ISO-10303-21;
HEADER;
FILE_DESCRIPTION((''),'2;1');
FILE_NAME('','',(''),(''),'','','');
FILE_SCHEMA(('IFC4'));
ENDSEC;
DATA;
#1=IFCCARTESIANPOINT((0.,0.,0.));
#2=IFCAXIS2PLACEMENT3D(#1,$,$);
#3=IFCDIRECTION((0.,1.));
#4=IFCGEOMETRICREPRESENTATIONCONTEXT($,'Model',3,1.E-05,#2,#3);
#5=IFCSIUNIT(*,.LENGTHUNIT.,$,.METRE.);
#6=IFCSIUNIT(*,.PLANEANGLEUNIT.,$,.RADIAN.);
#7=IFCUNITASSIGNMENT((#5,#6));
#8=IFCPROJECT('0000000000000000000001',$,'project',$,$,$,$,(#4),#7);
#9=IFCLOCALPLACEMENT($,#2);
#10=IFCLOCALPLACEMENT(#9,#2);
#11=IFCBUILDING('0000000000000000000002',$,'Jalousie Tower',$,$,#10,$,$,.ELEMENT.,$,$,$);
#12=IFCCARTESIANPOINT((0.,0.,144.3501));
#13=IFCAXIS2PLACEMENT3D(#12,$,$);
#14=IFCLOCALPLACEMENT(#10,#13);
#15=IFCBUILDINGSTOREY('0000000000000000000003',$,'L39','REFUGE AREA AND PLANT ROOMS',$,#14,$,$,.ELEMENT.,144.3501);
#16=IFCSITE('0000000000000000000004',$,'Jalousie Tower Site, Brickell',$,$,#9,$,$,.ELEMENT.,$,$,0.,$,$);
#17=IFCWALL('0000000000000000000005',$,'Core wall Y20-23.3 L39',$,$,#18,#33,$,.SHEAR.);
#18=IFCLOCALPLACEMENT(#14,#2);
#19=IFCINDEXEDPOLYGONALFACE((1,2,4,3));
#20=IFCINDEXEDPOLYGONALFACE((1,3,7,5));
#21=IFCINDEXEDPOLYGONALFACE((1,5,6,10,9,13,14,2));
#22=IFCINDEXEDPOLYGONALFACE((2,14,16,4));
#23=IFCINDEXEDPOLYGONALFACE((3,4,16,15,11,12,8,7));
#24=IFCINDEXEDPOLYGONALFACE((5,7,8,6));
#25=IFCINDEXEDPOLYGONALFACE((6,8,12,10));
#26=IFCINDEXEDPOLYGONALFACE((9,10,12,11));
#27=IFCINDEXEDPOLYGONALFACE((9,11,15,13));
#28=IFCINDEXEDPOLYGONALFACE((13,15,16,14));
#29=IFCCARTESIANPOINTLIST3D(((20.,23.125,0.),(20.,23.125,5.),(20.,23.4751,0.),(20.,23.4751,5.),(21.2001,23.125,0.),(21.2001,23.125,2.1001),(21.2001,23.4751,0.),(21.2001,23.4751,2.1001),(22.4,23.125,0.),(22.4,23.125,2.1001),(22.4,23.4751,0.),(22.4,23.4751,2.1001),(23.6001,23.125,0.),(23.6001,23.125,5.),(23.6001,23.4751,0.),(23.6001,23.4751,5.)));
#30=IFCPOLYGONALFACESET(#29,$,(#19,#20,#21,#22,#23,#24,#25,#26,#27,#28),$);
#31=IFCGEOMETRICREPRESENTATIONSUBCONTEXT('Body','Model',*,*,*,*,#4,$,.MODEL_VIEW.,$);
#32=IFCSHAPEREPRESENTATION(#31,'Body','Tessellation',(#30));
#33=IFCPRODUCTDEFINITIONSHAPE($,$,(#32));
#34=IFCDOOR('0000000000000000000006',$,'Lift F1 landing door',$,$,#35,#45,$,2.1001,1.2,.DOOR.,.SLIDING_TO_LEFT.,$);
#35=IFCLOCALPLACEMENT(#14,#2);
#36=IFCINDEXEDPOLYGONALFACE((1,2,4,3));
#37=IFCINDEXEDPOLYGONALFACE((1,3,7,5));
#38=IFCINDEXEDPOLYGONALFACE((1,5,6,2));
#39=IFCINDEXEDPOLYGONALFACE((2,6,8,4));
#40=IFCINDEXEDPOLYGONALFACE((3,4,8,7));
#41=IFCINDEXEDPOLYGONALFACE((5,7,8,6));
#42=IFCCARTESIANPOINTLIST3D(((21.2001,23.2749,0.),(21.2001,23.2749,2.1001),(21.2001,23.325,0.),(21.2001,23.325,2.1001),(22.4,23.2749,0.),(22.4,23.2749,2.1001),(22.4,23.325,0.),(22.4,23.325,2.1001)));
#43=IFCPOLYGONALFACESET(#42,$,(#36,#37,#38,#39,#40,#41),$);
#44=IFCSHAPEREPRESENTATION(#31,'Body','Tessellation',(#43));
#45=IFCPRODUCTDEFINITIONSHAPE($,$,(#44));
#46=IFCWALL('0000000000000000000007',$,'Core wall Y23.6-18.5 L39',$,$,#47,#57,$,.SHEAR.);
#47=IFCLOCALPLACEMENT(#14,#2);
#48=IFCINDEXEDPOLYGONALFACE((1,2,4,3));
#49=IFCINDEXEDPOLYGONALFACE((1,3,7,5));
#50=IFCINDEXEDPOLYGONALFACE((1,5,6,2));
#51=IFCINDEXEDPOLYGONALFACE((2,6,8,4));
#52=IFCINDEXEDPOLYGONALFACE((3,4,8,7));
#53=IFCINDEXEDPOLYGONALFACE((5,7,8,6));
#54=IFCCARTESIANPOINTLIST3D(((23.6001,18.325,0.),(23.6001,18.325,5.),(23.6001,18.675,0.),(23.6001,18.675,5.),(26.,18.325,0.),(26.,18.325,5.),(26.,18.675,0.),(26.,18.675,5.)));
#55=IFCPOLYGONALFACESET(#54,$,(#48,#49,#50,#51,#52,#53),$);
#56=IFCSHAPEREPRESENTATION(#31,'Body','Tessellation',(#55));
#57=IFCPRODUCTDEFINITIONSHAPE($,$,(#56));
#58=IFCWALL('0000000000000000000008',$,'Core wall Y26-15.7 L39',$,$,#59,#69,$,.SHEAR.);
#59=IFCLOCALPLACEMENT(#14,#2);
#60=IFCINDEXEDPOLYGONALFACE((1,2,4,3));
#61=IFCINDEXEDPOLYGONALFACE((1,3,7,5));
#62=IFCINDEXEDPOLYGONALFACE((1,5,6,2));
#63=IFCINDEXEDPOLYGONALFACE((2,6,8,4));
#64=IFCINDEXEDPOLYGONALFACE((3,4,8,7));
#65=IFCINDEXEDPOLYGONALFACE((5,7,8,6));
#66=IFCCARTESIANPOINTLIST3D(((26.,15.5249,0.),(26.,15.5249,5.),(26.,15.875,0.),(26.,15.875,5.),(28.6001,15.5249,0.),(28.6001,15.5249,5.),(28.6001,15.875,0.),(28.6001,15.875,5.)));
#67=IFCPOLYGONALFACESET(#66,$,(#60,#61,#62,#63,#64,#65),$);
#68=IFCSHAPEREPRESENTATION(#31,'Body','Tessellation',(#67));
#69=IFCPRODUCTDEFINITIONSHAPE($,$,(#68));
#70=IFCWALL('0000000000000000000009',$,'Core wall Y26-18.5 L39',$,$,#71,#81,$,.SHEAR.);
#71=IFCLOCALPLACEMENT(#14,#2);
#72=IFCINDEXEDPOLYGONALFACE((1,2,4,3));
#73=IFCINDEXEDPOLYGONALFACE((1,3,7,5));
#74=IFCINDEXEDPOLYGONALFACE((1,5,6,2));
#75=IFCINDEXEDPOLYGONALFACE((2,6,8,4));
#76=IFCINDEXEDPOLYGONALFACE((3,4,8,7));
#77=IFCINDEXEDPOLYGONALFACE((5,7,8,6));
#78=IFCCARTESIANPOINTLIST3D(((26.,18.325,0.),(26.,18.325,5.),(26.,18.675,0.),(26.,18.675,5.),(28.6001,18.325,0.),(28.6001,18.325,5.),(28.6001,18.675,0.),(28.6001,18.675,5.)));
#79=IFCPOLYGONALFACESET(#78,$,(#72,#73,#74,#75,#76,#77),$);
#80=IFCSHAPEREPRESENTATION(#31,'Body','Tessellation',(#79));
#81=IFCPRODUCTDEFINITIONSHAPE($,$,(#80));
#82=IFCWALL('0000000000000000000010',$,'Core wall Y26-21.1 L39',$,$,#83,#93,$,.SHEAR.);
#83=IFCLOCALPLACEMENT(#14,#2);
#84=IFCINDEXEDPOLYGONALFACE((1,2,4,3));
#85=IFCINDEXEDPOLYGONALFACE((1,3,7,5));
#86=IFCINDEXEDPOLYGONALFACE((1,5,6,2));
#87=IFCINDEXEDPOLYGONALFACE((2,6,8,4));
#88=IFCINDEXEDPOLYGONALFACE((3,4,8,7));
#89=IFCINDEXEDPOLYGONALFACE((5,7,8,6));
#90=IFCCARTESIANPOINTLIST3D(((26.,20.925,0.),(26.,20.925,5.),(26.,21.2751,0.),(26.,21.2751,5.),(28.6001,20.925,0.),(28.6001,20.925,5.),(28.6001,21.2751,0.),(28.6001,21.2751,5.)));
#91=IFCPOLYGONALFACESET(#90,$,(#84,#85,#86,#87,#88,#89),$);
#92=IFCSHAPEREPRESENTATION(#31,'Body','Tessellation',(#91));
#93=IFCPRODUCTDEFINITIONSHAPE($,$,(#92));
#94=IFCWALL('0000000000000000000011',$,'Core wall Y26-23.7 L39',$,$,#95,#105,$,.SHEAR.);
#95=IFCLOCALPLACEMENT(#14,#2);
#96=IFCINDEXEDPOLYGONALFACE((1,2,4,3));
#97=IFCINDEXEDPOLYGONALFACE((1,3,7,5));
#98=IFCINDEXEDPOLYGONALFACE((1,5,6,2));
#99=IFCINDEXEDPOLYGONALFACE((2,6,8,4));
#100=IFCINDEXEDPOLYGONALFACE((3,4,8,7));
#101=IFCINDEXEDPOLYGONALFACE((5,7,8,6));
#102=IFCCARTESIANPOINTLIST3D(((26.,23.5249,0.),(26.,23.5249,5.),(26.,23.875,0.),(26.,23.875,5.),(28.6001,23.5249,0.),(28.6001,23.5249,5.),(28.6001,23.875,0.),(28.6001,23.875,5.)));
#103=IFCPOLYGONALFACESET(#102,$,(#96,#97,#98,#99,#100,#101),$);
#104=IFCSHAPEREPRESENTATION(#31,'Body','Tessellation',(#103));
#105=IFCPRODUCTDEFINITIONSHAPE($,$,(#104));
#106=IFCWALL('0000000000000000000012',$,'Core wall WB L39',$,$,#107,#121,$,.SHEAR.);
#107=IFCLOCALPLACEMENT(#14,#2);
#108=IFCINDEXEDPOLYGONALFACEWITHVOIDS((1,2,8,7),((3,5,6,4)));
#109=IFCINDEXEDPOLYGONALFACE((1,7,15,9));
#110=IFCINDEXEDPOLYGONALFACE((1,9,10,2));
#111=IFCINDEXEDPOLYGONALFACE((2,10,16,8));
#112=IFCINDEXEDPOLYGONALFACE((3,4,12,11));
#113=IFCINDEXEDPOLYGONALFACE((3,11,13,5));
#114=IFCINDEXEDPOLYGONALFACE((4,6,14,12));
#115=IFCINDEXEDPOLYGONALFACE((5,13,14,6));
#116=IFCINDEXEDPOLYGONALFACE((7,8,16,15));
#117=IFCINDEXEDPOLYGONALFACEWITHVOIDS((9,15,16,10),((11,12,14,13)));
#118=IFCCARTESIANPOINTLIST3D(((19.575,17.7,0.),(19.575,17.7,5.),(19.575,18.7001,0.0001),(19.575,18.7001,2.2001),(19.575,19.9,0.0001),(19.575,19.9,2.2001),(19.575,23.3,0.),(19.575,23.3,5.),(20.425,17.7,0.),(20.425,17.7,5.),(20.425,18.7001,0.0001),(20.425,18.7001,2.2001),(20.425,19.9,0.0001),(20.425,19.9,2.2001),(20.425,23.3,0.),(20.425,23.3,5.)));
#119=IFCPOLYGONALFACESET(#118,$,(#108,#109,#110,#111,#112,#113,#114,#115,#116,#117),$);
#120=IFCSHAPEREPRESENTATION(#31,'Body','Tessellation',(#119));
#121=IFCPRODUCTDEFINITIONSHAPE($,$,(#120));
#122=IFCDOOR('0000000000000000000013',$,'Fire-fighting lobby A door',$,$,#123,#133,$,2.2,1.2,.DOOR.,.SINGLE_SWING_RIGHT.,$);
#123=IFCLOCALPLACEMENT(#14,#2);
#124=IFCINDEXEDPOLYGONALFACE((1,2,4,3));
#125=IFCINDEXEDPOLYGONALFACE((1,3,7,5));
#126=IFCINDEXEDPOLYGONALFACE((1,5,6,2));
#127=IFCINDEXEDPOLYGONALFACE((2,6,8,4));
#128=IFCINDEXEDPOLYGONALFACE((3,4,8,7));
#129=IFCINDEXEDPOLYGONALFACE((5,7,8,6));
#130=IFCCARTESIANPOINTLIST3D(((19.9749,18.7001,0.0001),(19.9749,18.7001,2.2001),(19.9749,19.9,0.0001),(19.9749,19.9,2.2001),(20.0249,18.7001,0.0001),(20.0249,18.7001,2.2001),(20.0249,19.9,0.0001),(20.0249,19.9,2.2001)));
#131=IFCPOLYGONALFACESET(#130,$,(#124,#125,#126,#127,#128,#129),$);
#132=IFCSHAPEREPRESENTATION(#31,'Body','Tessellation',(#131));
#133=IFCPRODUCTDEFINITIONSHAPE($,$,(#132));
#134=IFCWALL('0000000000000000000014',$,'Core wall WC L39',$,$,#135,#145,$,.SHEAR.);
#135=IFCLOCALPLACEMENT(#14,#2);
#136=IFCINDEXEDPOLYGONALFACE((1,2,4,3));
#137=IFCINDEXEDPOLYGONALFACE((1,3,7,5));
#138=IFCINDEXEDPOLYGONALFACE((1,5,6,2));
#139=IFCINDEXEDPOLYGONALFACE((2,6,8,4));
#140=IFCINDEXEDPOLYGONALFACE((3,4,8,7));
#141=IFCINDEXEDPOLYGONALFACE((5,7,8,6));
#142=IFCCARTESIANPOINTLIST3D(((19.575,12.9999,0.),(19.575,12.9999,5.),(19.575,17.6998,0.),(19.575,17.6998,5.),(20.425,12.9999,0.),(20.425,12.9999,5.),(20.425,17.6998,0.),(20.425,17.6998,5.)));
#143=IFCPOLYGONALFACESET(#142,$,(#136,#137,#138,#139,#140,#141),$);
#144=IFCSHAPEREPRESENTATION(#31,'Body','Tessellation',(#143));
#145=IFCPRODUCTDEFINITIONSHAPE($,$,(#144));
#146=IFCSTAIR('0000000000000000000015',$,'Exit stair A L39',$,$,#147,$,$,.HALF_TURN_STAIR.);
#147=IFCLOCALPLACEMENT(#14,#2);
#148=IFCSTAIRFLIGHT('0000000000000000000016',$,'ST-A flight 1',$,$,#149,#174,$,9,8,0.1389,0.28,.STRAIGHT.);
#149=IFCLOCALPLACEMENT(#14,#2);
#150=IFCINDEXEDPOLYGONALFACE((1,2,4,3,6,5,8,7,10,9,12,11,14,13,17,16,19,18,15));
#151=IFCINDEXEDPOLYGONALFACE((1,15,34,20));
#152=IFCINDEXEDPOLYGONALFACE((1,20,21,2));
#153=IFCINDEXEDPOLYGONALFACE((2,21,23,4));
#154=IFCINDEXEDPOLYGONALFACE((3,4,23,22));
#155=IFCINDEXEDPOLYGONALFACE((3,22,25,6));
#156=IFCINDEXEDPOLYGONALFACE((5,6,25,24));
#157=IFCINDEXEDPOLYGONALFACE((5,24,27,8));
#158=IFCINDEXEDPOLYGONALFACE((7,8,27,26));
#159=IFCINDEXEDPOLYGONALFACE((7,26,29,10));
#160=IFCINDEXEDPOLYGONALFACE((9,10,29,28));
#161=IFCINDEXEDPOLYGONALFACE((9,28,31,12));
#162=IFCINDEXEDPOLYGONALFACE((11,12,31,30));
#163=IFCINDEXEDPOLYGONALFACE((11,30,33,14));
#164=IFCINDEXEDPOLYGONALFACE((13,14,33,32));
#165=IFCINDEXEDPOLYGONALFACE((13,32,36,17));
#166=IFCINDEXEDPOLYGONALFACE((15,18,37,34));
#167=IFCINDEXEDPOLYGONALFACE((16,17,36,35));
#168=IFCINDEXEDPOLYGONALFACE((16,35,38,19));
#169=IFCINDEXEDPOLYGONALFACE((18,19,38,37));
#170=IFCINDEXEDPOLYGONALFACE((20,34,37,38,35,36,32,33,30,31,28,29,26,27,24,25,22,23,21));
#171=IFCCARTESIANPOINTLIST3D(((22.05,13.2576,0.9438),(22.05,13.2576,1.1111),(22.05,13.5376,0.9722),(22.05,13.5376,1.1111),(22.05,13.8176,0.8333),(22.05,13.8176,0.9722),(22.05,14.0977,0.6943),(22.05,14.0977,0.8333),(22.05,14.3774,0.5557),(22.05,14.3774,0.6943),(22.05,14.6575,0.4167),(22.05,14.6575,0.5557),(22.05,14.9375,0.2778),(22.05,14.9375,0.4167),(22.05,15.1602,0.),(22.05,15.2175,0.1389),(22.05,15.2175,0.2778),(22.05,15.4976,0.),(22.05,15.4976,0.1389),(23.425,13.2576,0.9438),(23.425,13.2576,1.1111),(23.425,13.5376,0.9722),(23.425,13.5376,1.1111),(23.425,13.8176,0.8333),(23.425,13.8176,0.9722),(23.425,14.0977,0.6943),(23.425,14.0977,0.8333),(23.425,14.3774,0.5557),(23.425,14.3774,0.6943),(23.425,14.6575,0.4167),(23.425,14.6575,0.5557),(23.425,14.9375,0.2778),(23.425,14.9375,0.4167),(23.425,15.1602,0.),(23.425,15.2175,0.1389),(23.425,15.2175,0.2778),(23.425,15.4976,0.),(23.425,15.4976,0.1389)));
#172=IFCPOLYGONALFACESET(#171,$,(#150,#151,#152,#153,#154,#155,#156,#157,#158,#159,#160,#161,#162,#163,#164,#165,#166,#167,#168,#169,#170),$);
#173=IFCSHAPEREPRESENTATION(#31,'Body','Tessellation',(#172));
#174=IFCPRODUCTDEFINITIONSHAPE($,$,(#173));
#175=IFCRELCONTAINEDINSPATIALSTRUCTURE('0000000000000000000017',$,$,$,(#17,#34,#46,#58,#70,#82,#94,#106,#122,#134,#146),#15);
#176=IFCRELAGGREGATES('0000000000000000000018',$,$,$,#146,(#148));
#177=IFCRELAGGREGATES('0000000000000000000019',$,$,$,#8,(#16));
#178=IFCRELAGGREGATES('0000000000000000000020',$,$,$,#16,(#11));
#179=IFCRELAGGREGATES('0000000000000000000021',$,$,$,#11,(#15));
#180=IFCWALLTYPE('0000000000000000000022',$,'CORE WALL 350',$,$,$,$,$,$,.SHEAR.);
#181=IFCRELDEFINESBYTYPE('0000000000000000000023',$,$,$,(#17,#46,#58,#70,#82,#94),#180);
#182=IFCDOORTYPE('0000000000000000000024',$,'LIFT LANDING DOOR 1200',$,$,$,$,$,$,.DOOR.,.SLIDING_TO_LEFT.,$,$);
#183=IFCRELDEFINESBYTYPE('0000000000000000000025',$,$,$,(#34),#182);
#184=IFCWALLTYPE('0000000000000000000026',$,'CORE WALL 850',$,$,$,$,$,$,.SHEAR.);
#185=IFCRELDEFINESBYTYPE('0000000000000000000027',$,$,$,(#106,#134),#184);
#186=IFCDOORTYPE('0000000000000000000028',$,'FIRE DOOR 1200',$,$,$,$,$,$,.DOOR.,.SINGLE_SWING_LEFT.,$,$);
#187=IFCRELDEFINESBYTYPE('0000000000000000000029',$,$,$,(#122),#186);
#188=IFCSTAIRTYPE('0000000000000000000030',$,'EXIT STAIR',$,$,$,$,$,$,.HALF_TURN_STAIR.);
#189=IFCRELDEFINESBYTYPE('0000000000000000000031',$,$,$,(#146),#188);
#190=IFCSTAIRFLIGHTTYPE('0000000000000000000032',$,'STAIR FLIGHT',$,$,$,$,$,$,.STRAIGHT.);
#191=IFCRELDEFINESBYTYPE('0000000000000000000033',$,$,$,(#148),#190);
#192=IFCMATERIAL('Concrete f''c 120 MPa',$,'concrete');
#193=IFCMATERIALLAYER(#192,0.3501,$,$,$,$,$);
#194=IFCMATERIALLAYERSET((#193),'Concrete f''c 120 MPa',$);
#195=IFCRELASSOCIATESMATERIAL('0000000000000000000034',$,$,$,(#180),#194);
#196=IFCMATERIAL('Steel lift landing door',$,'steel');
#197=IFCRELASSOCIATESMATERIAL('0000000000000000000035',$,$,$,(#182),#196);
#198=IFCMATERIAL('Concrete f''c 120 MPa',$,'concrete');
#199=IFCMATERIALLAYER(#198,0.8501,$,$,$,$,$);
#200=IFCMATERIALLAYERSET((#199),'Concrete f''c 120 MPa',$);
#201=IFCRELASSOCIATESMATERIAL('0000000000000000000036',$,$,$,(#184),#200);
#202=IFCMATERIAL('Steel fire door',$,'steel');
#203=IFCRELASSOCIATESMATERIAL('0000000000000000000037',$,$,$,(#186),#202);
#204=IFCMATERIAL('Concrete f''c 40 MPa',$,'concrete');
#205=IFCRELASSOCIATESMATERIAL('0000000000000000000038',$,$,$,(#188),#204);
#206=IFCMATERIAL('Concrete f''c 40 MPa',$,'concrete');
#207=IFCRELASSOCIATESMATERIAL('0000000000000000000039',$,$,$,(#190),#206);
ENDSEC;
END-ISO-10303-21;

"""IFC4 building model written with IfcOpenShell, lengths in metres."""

from ifc_helpers import new_model, si_unit, direction, frame, frame_2d, origin, place, context, subcontext, project, spatial, polyline, rectangle, outline, extrude, material, layer, layer_set, type_object, element, fill, aggregate, save


model = new_model("IFC4")

# Units and contexts
model_context = context("Model", 3, precision=1e-05, world=origin(), true_north=direction((0.0, 1.0)))
body_context = subcontext(model_context, "Body", "Model", "MODEL_VIEW")
ifc_project = project(units=[si_unit("LENGTHUNIT", "METRE"), si_unit("PLANEANGLEUNIT", "RADIAN")], contexts=[model_context])

# Site, building, storey
site_placement = place(None, origin())
site = spatial("IfcSite", under=ifc_project, at=site_placement, Name="Jalousie Tower Site, Brickell", CompositionType="ELEMENT", RefElevation=0.0)
building_placement = place(site_placement, origin())
building = spatial("IfcBuilding", under=site, at=building_placement, Name="Jalousie Tower", CompositionType="ELEMENT")
storey_placement = place(building_placement, frame((0.0, 0.0, 144.3501)))
storey = spatial("IfcBuildingStorey", under=building, at=storey_placement, Name="L39", Description="REFUGE AREA AND PLANT ROOMS", CompositionType="ELEMENT", Elevation=144.3501)

# Shared definitions
ifc_material_1 = material(Name="Concrete f'c 120 MPa", Category="concrete")
ifc_layer_1 = layer(ifc_material_1, 0.3501)
ifc_layer_set_1 = layer_set([ifc_layer_1], Name="Concrete f'c 120 MPa")
wall_type_1 = type_object("IfcWallType", Name="CORE WALL 350", PredefinedType="SHEAR", material=ifc_layer_set_1)

# Wall, opening, door
wall_1_placement = place(storey_placement, frame((20.0, 23.3, 0.0), z_axis=(0.0, 0.0, 1.0), x_axis=(1.0, 0.0, 0.0)))
wall_1 = element("IfcWall", 1, at=wall_1_placement, inside=storey, type_object=wall_type_1, Name="Core wall Y20-23.3 L39", PredefinedType="SHEAR", context=body_context, shape_type="SweptSolid", body=[
    extrude(rectangle(XDim=3.6001, YDim=0.3501, at=frame_2d((1.8, 0.0))), origin(), (0.0, 0.0, 1.0), 5.0),
])
opening_1_placement = place(wall_1_placement, frame((1.2, 0.0, 0.0)))
opening_1 = element("IfcOpeningElement", 2, at=opening_1_placement, cuts=wall_1, PredefinedType="OPENING", context=body_context, shape_type="SweptSolid", body=[
    extrude(rectangle(XDim=1.2, YDim=2.1001, at=frame_2d((0.6001, 1.05))), frame((0.0, 0.1851, 0.0), z_axis=(0.0, -1.0, 0.0), x_axis=(1.0, 0.0, 0.0)), (0.0, 0.0, 1.0), 0.3701),
])
ifc_material_2 = material(Name="Steel lift landing door", Category="steel")
door_type_1 = type_object("IfcDoorType", Name="LIFT LANDING DOOR 1200", OperationType="SLIDING_TO_LEFT", PredefinedType="DOOR", material=ifc_material_2)
door_1_placement = place(opening_1_placement, origin())
door_1 = element("IfcDoor", 3, at=door_1_placement, inside=storey, type_object=door_type_1, Name="Lift F1 landing door", OperationType="SLIDING_TO_LEFT", OverallHeight=2.1001, OverallWidth=1.2, PredefinedType="DOOR", context=body_context, shape_type="SweptSolid", body=[
    extrude(rectangle(XDim=1.2, YDim=2.1001, at=frame_2d((0.6001, 1.05))), frame((0.0, 0.0249, 0.0), z_axis=(0.0, -1.0, 0.0), x_axis=(1.0, 0.0, 0.0)), (0.0, 0.0, 1.0), 0.05),
])
fill(opening_1, door_1)

# Walls
wall_2_placement = place(storey_placement, frame((23.6001, 18.5, 0.0), z_axis=(0.0, 0.0, 1.0), x_axis=(1.0, 0.0, 0.0)))
element("IfcWall", 4, at=wall_2_placement, inside=storey, type_object=wall_type_1, Name="Core wall Y23.6-18.5 L39", PredefinedType="SHEAR", context=body_context, shape_type="SweptSolid", body=[
    extrude(rectangle(XDim=2.3999, YDim=0.3501, at=frame_2d((1.2, 0.0))), origin(), (0.0, 0.0, 1.0), 5.0),
])
for number, where, z_axis, x_axis, name in (
    (5, (26.0, 15.7, 0.0), (0.0, 0.0, 1.0), (1.0, 0.0, 0.0), "Core wall Y26-15.7 L39"),
    (6, (26.0, 18.5, 0.0), (0.0, 0.0, 1.0), (1.0, 0.0, 0.0), "Core wall Y26-18.5 L39"),
    (7, (26.0, 21.1001, 0.0), (0.0, 0.0, 1.0), (1.0, 0.0, 0.0), "Core wall Y26-21.1 L39"),
    (8, (26.0, 23.7, 0.0), (0.0, 0.0, 1.0), (1.0, 0.0, 0.0), "Core wall Y26-23.7 L39"),
):
    element("IfcWall", number, at=place(storey_placement, frame(where, z_axis=z_axis, x_axis=x_axis)), inside=storey, type_object=wall_type_1, Name=name, PredefinedType="SHEAR", context=body_context, shape_type="SweptSolid", body=[
        extrude(rectangle(XDim=2.6001, YDim=0.3501, at=frame_2d((1.3, 0.0))), origin(), (0.0, 0.0, 1.0), 5.0),
    ])

# Wall, opening, door
ifc_material_3 = material(Name="Concrete f'c 120 MPa", Category="concrete")
ifc_layer_2 = layer(ifc_material_3, 0.8501)
ifc_layer_set_2 = layer_set([ifc_layer_2], Name="Concrete f'c 120 MPa")
wall_type_2 = type_object("IfcWallType", Name="CORE WALL 850", PredefinedType="SHEAR", material=ifc_layer_set_2)
wall_3_placement = place(storey_placement, frame((20.0, 23.3, 0.0), z_axis=(0.0, 0.0, 1.0), x_axis=(0.0, -1.0, 0.0)))
wall_3 = element("IfcWall", 9, at=wall_3_placement, inside=storey, type_object=wall_type_2, Name="Core wall WB L39", PredefinedType="SHEAR", context=body_context, shape_type="SweptSolid", body=[
    extrude(rectangle(XDim=5.6001, YDim=0.8501, at=frame_2d((2.8, 0.0))), origin(), (0.0, 0.0, 1.0), 5.0),
])
opening_2_placement = place(wall_3_placement, frame((3.3999, 0.0, 0.0)))
opening_2 = element("IfcOpeningElement", 10, at=opening_2_placement, cuts=wall_3, PredefinedType="OPENING", context=body_context, shape_type="SweptSolid", body=[
    extrude(rectangle(XDim=1.2, YDim=2.2, at=frame_2d((0.6001, 1.1001))), frame((0.0, 0.4351, 0.0), z_axis=(0.0, -1.0, 0.0), x_axis=(1.0, 0.0, 0.0)), (0.0, 0.0, 1.0), 0.8701),
])
ifc_material_4 = material(Name="Steel fire door", Category="steel")
door_type_2 = type_object("IfcDoorType", Name="FIRE DOOR 1200", OperationType="SINGLE_SWING_LEFT", PredefinedType="DOOR", material=ifc_material_4)
door_2_placement = place(opening_2_placement, origin())
door_2 = element("IfcDoor", 11, at=door_2_placement, inside=storey, type_object=door_type_2, Name="Fire-fighting lobby A door", OperationType="SINGLE_SWING_RIGHT", OverallHeight=2.2, OverallWidth=1.2, PredefinedType="DOOR", context=body_context, shape_type="SweptSolid", body=[
    extrude(rectangle(XDim=1.2, YDim=2.2, at=frame_2d((0.6001, 1.1001))), frame((0.0, 0.0249, 0.0), z_axis=(0.0, -1.0, 0.0), x_axis=(1.0, 0.0, 0.0)), (0.0, 0.0, 1.0), 0.05),
])
fill(opening_2, door_2)

# Wall
wall_4_placement = place(storey_placement, frame((20.0, 17.7, 0.0), z_axis=(0.0, 0.0, 1.0), x_axis=(0.0, -1.0, 0.0)))
element("IfcWall", 12, at=wall_4_placement, inside=storey, type_object=wall_type_2, Name="Core wall WC L39", PredefinedType="SHEAR", context=body_context, shape_type="SweptSolid", body=[
    extrude(rectangle(XDim=4.7, YDim=0.8501, at=frame_2d((2.3501, 0.0))), origin(), (0.0, 0.0, 1.0), 5.0),
])

# Stair, stair flight
ifc_material_5 = material(Name="Concrete f'c 40 MPa", Category="concrete")
stair_type = type_object("IfcStairType", Name="EXIT STAIR", PredefinedType="HALF_TURN_STAIR", material=ifc_material_5)
stair_placement = place(storey_placement, origin())
stair = element("IfcStair", 13, at=stair_placement, inside=storey, type_object=stair_type, Name="Exit stair A L39", PredefinedType="HALF_TURN_STAIR")
ifc_material_6 = material(Name="Concrete f'c 40 MPa", Category="concrete")
stair_flight_type = type_object("IfcStairFlightType", Name="STAIR FLIGHT", PredefinedType="STRAIGHT", material=ifc_material_6)
stair_flight_1_placement = place(storey_placement, frame((22.7375, 15.4976, 0.0), z_axis=(0.0, 0.0, 1.0), x_axis=(0.0, -1.0, 0.0)))
stair_flight_1 = element("IfcStairFlight", 14, at=stair_flight_1_placement, type_object=stair_flight_type, Name="ST-A flight 1", NumberOfRisers=9, NumberOfTreads=8, PredefinedType="STRAIGHT", RiserHeight=0.1389, TreadLength=0.28, context=body_context, shape_type="SweptSolid", body=[
    extrude(outline(polyline([(0.0, 0.0), (0.0, 0.1389), (0.28, 0.1389), (0.28, 0.2778), (0.5601, 0.2778), (0.5601, 0.4167), (0.8401, 0.4167), (0.8401, 0.5557), (1.1201, 0.5557), (1.1201, 0.6943), (1.3999, 0.6943), (1.3999, 0.8333), (1.6799, 0.8333), (1.6799, 0.9722), (1.96, 0.9722), (1.96, 1.1111), (2.24, 1.1111), (2.24, 1.25), (2.24, 0.9438), (0.3374, 0.0), (0.0, 0.0)])), frame((0.0, 0.6875, 0.0), z_axis=(0.0, -1.0, 0.0), x_axis=(1.0, 0.0, 0.0)), (0.0, 0.0, 1.0), 1.375),
])
aggregate(stair, [stair_flight_1])

save(model, "model.ifc")
